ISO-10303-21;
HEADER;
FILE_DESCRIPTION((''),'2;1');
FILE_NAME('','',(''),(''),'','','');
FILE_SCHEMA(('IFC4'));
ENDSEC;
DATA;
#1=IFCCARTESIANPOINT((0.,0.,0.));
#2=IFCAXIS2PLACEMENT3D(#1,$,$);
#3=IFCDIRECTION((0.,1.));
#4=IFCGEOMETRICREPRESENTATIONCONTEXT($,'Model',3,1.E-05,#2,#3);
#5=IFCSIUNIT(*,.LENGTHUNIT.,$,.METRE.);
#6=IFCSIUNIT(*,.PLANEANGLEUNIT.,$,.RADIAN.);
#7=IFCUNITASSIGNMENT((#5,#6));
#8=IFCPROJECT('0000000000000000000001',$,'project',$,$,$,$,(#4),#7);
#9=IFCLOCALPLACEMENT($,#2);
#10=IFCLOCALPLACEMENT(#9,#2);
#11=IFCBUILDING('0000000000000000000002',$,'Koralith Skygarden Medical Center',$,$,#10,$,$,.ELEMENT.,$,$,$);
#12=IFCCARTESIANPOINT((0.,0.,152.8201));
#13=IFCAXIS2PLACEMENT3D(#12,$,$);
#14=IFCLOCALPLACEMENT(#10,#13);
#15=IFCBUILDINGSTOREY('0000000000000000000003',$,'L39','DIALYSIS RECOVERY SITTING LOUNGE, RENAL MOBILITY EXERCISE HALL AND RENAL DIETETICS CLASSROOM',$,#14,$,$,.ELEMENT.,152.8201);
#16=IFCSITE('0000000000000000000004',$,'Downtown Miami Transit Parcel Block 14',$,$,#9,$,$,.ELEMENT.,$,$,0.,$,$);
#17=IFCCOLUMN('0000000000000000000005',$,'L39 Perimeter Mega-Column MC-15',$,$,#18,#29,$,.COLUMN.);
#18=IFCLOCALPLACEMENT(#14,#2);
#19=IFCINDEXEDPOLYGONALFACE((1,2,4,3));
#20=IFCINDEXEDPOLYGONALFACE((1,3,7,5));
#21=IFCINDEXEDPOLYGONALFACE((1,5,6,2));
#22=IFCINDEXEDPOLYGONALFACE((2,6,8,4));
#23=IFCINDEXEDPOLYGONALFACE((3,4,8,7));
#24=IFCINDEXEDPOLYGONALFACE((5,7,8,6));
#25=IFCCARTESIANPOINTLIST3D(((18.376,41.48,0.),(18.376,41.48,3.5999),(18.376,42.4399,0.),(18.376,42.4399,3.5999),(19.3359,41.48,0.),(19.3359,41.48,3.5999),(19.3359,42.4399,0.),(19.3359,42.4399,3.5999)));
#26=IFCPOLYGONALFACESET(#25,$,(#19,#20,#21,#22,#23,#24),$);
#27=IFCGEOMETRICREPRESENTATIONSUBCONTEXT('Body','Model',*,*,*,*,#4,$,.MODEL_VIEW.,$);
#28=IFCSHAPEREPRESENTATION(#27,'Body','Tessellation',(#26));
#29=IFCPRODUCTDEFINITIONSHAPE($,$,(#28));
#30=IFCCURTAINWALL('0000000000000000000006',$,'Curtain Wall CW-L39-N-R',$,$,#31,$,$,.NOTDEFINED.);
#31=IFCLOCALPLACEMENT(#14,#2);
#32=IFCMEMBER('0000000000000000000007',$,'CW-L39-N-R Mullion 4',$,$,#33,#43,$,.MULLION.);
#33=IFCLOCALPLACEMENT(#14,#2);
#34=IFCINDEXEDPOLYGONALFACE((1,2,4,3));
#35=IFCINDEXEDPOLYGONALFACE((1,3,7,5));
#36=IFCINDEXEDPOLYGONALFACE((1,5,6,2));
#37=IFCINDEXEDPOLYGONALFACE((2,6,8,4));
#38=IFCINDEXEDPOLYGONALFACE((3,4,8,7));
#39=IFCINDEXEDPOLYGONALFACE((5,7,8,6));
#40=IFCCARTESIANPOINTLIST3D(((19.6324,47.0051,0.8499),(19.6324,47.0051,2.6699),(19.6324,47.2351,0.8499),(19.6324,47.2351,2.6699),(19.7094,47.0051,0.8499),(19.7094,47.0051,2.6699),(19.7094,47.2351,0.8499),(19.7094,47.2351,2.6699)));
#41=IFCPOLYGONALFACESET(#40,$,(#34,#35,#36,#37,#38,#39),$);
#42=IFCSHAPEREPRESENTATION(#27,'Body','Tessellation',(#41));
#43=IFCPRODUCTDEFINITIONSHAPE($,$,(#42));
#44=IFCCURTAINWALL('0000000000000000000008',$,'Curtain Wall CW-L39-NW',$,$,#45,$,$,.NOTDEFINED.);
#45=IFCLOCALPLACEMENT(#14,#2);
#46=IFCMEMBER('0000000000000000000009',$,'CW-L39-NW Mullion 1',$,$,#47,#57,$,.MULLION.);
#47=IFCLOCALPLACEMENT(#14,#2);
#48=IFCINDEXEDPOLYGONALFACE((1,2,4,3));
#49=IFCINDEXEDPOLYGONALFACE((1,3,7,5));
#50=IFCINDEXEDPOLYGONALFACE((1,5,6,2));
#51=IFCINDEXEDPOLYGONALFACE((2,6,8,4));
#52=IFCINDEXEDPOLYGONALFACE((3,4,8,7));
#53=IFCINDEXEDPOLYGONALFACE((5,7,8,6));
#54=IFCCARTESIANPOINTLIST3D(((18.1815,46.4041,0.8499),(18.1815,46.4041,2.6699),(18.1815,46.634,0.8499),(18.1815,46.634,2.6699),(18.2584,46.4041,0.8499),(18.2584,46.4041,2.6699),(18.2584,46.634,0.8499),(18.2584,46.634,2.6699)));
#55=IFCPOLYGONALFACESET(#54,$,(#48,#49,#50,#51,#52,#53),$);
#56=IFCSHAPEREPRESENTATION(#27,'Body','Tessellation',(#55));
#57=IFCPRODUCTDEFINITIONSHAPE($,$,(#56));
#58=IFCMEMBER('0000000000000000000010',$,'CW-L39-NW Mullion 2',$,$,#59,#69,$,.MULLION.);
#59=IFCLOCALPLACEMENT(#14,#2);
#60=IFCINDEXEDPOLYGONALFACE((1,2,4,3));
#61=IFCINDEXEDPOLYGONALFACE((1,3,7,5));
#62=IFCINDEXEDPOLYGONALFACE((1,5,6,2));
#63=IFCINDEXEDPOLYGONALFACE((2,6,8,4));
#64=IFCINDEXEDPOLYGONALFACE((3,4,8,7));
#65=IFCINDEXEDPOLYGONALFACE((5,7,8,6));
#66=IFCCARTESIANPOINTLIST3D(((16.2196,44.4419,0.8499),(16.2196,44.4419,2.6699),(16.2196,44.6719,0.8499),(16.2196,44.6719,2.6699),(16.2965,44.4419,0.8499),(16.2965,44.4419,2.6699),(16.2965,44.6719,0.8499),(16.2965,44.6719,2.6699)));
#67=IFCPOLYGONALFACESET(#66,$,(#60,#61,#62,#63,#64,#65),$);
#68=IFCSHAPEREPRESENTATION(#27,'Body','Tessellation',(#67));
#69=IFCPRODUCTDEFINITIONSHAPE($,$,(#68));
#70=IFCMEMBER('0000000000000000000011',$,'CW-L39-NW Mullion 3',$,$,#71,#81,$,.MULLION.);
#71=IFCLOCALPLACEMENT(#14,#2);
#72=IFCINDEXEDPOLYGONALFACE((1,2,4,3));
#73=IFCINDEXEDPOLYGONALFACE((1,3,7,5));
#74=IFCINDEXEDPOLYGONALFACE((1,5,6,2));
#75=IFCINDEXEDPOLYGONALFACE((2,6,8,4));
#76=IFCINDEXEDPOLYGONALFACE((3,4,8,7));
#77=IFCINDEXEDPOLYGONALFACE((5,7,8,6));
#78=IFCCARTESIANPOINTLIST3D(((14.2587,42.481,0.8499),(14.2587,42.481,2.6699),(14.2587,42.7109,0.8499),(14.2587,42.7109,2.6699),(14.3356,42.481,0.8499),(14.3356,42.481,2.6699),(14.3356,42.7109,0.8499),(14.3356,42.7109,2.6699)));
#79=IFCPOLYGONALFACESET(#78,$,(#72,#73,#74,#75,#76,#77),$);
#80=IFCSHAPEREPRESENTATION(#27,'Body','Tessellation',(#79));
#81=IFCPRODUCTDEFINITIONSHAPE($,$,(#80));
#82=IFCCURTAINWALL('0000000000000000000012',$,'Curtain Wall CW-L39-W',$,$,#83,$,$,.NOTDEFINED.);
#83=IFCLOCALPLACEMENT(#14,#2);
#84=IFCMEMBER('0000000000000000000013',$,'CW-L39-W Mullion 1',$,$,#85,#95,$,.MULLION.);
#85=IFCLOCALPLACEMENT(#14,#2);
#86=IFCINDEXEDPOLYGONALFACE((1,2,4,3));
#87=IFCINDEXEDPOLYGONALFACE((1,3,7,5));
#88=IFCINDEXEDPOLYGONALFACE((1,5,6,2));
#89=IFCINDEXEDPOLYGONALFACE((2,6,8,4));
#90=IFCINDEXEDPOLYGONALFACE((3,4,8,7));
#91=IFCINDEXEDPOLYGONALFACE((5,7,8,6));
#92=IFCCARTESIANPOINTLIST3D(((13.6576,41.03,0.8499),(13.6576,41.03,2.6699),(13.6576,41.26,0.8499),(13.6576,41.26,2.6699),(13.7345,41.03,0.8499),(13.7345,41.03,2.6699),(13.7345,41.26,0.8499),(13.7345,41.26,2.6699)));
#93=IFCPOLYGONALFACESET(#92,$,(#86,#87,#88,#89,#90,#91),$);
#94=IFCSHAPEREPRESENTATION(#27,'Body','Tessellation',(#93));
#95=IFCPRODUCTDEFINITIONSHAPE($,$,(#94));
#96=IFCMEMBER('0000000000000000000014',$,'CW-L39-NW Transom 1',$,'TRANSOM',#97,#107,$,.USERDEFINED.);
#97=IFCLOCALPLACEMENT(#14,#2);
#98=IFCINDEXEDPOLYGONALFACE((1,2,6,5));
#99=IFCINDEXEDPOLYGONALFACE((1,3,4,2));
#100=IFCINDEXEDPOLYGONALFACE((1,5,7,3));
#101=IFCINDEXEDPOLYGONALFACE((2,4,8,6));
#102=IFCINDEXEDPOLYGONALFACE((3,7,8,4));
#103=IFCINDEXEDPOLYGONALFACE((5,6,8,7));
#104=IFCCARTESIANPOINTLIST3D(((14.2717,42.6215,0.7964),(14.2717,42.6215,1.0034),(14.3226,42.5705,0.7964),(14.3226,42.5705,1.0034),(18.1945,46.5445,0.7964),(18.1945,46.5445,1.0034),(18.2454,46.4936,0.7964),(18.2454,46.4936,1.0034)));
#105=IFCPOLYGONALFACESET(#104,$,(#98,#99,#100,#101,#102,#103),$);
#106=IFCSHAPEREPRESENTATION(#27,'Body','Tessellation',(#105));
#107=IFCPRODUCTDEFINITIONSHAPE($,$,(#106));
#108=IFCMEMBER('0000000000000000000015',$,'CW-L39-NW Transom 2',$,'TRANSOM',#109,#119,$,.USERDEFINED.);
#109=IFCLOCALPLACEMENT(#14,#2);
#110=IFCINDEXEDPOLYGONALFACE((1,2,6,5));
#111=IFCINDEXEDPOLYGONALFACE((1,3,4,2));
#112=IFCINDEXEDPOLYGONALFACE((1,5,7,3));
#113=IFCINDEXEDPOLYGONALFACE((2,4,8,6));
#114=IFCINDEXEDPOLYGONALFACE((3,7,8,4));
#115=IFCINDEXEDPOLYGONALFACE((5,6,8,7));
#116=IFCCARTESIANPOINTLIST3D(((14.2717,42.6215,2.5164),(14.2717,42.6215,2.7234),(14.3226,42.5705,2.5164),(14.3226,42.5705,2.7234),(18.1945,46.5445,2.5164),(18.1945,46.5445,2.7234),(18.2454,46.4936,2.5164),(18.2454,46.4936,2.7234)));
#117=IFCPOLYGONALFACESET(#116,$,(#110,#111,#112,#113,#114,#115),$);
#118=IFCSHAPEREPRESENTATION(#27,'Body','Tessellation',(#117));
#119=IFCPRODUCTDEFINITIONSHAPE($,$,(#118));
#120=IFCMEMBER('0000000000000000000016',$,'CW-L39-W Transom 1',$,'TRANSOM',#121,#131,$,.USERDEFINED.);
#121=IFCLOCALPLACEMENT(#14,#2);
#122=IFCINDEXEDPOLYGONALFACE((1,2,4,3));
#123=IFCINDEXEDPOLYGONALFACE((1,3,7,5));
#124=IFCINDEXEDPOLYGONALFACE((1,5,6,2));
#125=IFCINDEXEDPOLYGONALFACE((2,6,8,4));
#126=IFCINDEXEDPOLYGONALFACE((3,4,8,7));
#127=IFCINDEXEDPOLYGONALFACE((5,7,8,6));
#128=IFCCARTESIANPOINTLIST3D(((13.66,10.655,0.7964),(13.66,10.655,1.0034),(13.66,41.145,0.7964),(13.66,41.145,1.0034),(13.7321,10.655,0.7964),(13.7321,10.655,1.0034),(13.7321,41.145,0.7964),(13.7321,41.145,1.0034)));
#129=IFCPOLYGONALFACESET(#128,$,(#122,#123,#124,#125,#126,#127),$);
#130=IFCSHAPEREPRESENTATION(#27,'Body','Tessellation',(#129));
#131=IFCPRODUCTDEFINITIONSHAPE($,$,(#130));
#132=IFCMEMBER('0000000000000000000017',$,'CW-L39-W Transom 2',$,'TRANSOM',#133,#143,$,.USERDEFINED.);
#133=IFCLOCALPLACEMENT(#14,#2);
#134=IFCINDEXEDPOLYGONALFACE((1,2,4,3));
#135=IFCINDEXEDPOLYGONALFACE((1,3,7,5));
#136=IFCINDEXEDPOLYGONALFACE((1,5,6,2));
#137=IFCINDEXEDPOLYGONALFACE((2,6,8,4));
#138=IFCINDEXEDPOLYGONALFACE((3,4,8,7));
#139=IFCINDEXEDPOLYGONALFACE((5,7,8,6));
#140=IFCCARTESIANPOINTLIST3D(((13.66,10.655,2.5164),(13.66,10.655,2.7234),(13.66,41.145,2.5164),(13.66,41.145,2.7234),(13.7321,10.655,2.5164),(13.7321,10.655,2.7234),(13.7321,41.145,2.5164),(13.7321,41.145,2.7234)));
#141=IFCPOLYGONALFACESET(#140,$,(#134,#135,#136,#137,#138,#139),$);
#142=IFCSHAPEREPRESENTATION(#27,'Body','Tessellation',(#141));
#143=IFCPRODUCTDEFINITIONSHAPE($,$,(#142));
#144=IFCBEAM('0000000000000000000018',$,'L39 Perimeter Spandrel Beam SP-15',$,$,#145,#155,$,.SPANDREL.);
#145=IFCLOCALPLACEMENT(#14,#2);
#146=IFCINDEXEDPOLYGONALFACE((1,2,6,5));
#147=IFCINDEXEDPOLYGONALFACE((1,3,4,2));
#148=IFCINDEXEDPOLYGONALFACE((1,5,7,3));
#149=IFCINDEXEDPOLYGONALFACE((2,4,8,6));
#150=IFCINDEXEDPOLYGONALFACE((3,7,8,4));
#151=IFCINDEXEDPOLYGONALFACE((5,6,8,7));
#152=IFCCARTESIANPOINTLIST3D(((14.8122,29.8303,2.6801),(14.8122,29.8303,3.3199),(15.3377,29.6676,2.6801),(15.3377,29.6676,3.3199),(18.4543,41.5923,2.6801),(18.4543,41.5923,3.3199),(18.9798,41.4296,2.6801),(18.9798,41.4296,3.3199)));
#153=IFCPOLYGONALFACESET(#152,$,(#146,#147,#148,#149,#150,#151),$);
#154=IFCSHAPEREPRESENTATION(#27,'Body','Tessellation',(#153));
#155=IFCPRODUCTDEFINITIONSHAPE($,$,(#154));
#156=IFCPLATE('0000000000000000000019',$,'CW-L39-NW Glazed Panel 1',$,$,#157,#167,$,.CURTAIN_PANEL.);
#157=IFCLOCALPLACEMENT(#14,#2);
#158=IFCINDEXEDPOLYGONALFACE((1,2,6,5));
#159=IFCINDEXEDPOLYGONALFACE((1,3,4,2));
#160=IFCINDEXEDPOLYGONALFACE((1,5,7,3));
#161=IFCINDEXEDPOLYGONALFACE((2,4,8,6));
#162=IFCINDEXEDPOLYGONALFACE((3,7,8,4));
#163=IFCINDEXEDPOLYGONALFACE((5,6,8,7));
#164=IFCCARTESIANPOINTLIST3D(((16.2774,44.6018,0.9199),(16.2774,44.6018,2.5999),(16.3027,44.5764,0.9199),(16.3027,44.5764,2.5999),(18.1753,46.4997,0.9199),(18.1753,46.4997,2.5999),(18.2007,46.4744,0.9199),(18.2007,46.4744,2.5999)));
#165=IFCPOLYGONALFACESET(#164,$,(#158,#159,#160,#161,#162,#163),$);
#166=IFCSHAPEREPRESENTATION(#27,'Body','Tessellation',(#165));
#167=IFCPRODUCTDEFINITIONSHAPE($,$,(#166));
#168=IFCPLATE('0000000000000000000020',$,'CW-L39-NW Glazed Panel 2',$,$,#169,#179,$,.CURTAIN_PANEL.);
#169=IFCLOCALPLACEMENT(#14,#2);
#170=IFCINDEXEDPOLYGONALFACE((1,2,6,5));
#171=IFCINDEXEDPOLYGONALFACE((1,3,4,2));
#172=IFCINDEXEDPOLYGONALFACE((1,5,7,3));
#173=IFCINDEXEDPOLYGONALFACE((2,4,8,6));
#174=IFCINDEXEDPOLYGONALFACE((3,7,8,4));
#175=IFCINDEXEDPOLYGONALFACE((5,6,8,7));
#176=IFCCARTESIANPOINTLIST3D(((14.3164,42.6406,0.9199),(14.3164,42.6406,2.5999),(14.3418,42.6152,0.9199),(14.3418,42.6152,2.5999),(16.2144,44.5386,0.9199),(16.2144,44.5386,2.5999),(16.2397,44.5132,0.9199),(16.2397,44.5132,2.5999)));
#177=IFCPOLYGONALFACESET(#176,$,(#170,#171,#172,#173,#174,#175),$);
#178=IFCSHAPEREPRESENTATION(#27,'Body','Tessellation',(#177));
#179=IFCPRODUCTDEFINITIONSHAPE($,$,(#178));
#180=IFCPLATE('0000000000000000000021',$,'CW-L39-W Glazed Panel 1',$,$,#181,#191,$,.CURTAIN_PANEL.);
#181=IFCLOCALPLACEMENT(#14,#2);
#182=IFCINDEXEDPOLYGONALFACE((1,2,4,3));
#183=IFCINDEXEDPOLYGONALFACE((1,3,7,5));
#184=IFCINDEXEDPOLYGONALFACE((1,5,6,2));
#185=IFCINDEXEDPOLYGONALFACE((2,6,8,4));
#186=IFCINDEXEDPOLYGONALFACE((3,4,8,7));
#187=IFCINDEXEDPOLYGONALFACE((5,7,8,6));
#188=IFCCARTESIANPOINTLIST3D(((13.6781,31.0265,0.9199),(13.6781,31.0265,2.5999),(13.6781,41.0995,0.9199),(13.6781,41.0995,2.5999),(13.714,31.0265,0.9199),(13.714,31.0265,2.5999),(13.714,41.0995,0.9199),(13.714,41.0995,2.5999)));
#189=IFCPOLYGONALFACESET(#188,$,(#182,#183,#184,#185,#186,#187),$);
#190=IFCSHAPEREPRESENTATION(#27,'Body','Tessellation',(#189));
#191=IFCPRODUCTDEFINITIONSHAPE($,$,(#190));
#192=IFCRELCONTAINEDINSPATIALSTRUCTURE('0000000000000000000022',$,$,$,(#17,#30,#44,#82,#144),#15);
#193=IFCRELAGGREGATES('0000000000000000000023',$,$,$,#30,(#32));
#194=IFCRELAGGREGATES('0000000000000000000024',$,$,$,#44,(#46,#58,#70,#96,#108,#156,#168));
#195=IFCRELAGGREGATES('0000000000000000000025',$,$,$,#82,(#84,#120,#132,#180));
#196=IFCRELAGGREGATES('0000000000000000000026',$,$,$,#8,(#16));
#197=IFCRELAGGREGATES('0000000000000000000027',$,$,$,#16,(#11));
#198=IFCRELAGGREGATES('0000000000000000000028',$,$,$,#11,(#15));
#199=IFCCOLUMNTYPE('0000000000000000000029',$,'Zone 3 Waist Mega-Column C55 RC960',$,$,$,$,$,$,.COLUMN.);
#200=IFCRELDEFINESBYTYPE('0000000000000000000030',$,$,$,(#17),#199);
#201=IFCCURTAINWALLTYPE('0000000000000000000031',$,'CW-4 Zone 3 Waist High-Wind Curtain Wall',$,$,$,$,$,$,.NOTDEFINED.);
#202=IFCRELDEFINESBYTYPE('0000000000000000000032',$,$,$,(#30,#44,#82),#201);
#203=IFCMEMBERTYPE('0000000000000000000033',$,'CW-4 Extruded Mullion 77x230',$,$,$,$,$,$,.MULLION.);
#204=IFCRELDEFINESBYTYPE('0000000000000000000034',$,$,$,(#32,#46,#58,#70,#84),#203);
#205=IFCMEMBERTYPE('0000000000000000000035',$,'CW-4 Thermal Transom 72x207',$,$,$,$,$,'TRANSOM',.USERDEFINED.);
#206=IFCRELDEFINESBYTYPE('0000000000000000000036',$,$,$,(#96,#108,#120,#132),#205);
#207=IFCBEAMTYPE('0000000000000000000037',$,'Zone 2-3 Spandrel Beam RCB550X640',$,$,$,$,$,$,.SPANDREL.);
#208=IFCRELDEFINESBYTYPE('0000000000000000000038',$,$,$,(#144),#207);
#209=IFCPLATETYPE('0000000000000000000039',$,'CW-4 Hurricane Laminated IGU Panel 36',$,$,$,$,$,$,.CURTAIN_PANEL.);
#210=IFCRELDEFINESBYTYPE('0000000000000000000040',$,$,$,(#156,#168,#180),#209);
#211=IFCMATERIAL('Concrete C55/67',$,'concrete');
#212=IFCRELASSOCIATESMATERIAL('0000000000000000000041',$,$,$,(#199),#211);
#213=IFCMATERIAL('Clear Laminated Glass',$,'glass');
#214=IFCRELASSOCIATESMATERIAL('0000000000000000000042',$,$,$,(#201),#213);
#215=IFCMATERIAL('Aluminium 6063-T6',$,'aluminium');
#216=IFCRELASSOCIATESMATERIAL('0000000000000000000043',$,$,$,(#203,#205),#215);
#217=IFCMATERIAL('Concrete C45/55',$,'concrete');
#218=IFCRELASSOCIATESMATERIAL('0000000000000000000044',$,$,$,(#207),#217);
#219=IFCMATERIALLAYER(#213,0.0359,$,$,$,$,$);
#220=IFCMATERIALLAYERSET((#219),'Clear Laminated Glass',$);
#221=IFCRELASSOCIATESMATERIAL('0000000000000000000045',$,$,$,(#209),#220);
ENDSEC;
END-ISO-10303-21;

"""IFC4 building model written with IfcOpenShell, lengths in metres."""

from ifc_helpers import new_model, si_unit, direction, frame, origin, origin_2d, place, context, subcontext, project, spatial, rectangle, extrude, material, layer, layer_set, material_profile, profile_set, type_object, element, aggregate, save


model = new_model("IFC4")

# Units and contexts
model_context = context("Model", 3, precision=1e-05, world=origin(), true_north=direction((0.0, 1.0)))
body_context = subcontext(model_context, "Body", "Model", "MODEL_VIEW")
ifc_project = project(units=[si_unit("LENGTHUNIT", "METRE"), si_unit("PLANEANGLEUNIT", "RADIAN")], contexts=[model_context])

# Site, building, storey
site_placement = place(None, origin())
site = spatial("IfcSite", under=ifc_project, at=site_placement, Name="Downtown Miami Transit Parcel Block 14", CompositionType="ELEMENT", RefElevation=0.0)
building_placement = place(site_placement, origin())
building = spatial("IfcBuilding", under=site, at=building_placement, Name="Koralith Skygarden Medical Center", CompositionType="ELEMENT")
storey_placement = place(building_placement, frame((0.0, 0.0, 152.8201)))
storey = spatial("IfcBuildingStorey", under=building, at=storey_placement, Name="L39", Description="DIALYSIS RECOVERY SITTING LOUNGE, RENAL MOBILITY EXERCISE HALL AND RENAL DIETETICS CLASSROOM", CompositionType="ELEMENT", Elevation=152.8201)

# Column
ifc_material_1 = material(Name="Concrete C55/67", Category="concrete")
ifc_material_profile_1 = material_profile(ifc_material_1, rectangle(XDim=0.96, YDim=0.96, at=origin_2d()), Name="RC960X960")
ifc_profile_set_1 = profile_set([ifc_material_profile_1], Name="Concrete C55/67")
column_type = type_object("IfcColumnType", Name="Zone 3 Waist Mega-Column C55 RC960", PredefinedType="COLUMN", material=ifc_profile_set_1)
column_placement = place(storey_placement, frame((18.856, 41.96, 0.0), z_axis=(0.0, 0.0, 1.0), x_axis=(1.0, 0.0, 0.0)))
element("IfcColumn", 1, at=column_placement, inside=storey, type_object=column_type, Name="L39 Perimeter Mega-Column MC-15", PredefinedType="COLUMN", context=body_context, shape_type="SweptSolid", body=[
    extrude(rectangle(XDim=0.96, YDim=0.96, at=origin_2d()), origin(), (0.0, 0.0, 1.0), 3.5999),
])

# Curtain wall, member
ifc_material_2 = material(Name="Clear Laminated Glass", Category="glass")
curtain_wall_type = type_object("IfcCurtainWallType", Name="CW-4 Zone 3 Waist High-Wind Curtain Wall", PredefinedType="NOTDEFINED", material=ifc_material_2)
curtain_wall_1_placement = place(storey_placement, origin())
curtain_wall_1 = element("IfcCurtainWall", 2, at=curtain_wall_1_placement, inside=storey, type_object=curtain_wall_type, Name="Curtain Wall CW-L39-N-R", PredefinedType="NOTDEFINED")
ifc_material_3 = material(Name="Aluminium 6063-T6", Category="aluminium")
ifc_material_profile_2 = material_profile(ifc_material_3, rectangle(XDim=0.0769, YDim=0.23, at=origin_2d()), Name="MUL77X230")
ifc_profile_set_2 = profile_set([ifc_material_profile_2], Name="Aluminium 6063-T6")
member_type_1 = type_object("IfcMemberType", Name="CW-4 Extruded Mullion 77x230", PredefinedType="MULLION", material=ifc_profile_set_2)
member_1_placement = place(storey_placement, frame((19.6709, 47.1201, 0.8499), z_axis=(0.0, 0.0, 1.0), x_axis=(1.0, 0.0, 0.0)))
member_1 = element("IfcMember", 3, at=member_1_placement, type_object=member_type_1, Name="CW-L39-N-R Mullion 4", PredefinedType="MULLION", context=body_context, shape_type="SweptSolid", body=[
    extrude(rectangle(XDim=0.0769, YDim=0.23, at=origin_2d()), origin(), (0.0, 0.0, 1.0), 1.8201),
])
aggregate(curtain_wall_1, [member_1])

# Curtain wall, members
curtain_wall_2_placement = place(storey_placement, origin())
curtain_wall_2 = element("IfcCurtainWall", 4, at=curtain_wall_2_placement, inside=storey, type_object=curtain_wall_type, Name="Curtain Wall CW-L39-NW", PredefinedType="NOTDEFINED")
member_2_placement = place(storey_placement, frame((18.22, 46.519, 0.8499), z_axis=(0.0, 0.0, 1.0), x_axis=(1.0, 0.0, 0.0)))
member_2 = element("IfcMember", 5, at=member_2_placement, type_object=member_type_1, Name="CW-L39-NW Mullion 1", PredefinedType="MULLION", context=body_context, shape_type="SweptSolid", body=[
    extrude(rectangle(XDim=0.0769, YDim=0.23, at=origin_2d()), origin(), (0.0, 0.0, 1.0), 1.8201),
])
member_3_placement = place(storey_placement, frame((16.2581, 44.5569, 0.8499), z_axis=(0.0, 0.0, 1.0), x_axis=(1.0, 0.0, 0.0)))
member_3 = element("IfcMember", 6, at=member_3_placement, type_object=member_type_1, Name="CW-L39-NW Mullion 2", PredefinedType="MULLION", context=body_context, shape_type="SweptSolid", body=[
    extrude(rectangle(XDim=0.0769, YDim=0.23, at=origin_2d()), origin(), (0.0, 0.0, 1.0), 1.8201),
])
member_4_placement = place(storey_placement, frame((14.2971, 42.5959, 0.8499), z_axis=(0.0, 0.0, 1.0), x_axis=(1.0, 0.0, 0.0)))
member_4 = element("IfcMember", 7, at=member_4_placement, type_object=member_type_1, Name="CW-L39-NW Mullion 3", PredefinedType="MULLION", context=body_context, shape_type="SweptSolid", body=[
    extrude(rectangle(XDim=0.0769, YDim=0.23, at=origin_2d()), origin(), (0.0, 0.0, 1.0), 1.8201),
])

# Curtain wall, member
curtain_wall_3_placement = place(storey_placement, origin())
curtain_wall_3 = element("IfcCurtainWall", 8, at=curtain_wall_3_placement, inside=storey, type_object=curtain_wall_type, Name="Curtain Wall CW-L39-W", PredefinedType="NOTDEFINED")
member_5_placement = place(storey_placement, frame((13.696, 41.145, 0.8499), z_axis=(0.0, 0.0, 1.0), x_axis=(1.0, 0.0, 0.0)))
member_5 = element("IfcMember", 9, at=member_5_placement, type_object=member_type_1, Name="CW-L39-W Mullion 1", PredefinedType="MULLION", context=body_context, shape_type="SweptSolid", body=[
    extrude(rectangle(XDim=0.0769, YDim=0.23, at=origin_2d()), origin(), (0.0, 0.0, 1.0), 1.8201),
])

# Members
ifc_material_profile_3 = material_profile(ifc_material_3, rectangle(XDim=0.072, YDim=0.207, at=origin_2d()), Name="TRN72X207")
ifc_profile_set_3 = profile_set([ifc_material_profile_3], Name="Aluminium 6063-T6")
member_type_2 = type_object("IfcMemberType", Name="CW-4 Thermal Transom 72x207", ElementType="TRANSOM", PredefinedType="USERDEFINED", material=ifc_profile_set_3)
member_6_placement = place(storey_placement, frame((18.22, 46.519, 0.8999), z_axis=(-0.707085, -0.707129, 0.0), x_axis=(0.707129, -0.707085, 0.0)))
member_6 = element("IfcMember", 10, at=member_6_placement, type_object=member_type_2, Name="CW-L39-NW Transom 1", ObjectType="TRANSOM", PredefinedType="USERDEFINED", context=body_context, shape_type="SweptSolid", body=[
    extrude(rectangle(XDim=0.072, YDim=0.207, at=origin_2d()), origin(), (0.0, 0.0, 1.0), 5.5479),
])
member_7_placement = place(storey_placement, frame((18.22, 46.519, 2.6199), z_axis=(-0.707085, -0.707129, 0.0), x_axis=(0.707129, -0.707085, 0.0)))
member_7 = element("IfcMember", 11, at=member_7_placement, type_object=member_type_2, Name="CW-L39-NW Transom 2", ObjectType="TRANSOM", PredefinedType="USERDEFINED", context=body_context, shape_type="SweptSolid", body=[
    extrude(rectangle(XDim=0.072, YDim=0.207, at=origin_2d()), origin(), (0.0, 0.0, 1.0), 5.5479),
])
member_8_placement = place(storey_placement, frame((13.696, 41.145, 0.8999), z_axis=(0.0, -1.0, 0.0), x_axis=(1.0, 0.0, 0.0)))
member_8 = element("IfcMember", 12, at=member_8_placement, type_object=member_type_2, Name="CW-L39-W Transom 1", ObjectType="TRANSOM", PredefinedType="USERDEFINED", context=body_context, shape_type="SweptSolid", body=[
    extrude(rectangle(XDim=0.072, YDim=0.207, at=origin_2d()), origin(), (0.0, 0.0, 1.0), 30.49),
])
member_9_placement = place(storey_placement, frame((13.696, 41.145, 2.6199), z_axis=(0.0, -1.0, 0.0), x_axis=(1.0, 0.0, 0.0)))
member_9 = element("IfcMember", 13, at=member_9_placement, type_object=member_type_2, Name="CW-L39-W Transom 2", ObjectType="TRANSOM", PredefinedType="USERDEFINED", context=body_context, shape_type="SweptSolid", body=[
    extrude(rectangle(XDim=0.072, YDim=0.207, at=origin_2d()), origin(), (0.0, 0.0, 1.0), 30.49),
])

# Beam
ifc_material_4 = material(Name="Concrete C45/55", Category="concrete")
ifc_material_profile_4 = material_profile(ifc_material_4, rectangle(XDim=0.55, YDim=0.6399, at=origin_2d()), Name="RCB550X640")
ifc_profile_set_4 = profile_set([ifc_material_profile_4], Name="Concrete C45/55")
beam_type = type_object("IfcBeamType", Name="Zone 2-3 Spandrel Beam RCB550X640", PredefinedType="SPANDREL", material=ifc_profile_set_4)
beam_placement = place(storey_placement, frame((18.717, 41.511, 3.0), z_axis=(-0.295794, -0.955252, 0.0), x_axis=(0.955252, -0.295794, 0.0)))
element("IfcBeam", 14, at=beam_placement, inside=storey, type_object=beam_type, Name="L39 Perimeter Spandrel Beam SP-15", PredefinedType="SPANDREL", context=body_context, shape_type="SweptSolid", body=[
    extrude(rectangle(XDim=0.55, YDim=0.6399, at=origin_2d()), origin(), (0.0, 0.0, 1.0), 12.313),
])

# Plates
ifc_layer_1 = layer(ifc_material_2, 0.0359)
ifc_layer_set_1 = layer_set([ifc_layer_1], Name="Clear Laminated Glass")
plate_type_1 = type_object("IfcPlateType", Name="CW-4 Hurricane Laminated IGU Panel 36", PredefinedType="CURTAIN_PANEL", material=ifc_layer_set_1)
plate_1_placement = place(storey_placement, frame((17.239, 45.5381, 0.9199), z_axis=(0.0, 0.0, 1.0), x_axis=(-0.707107, -0.707107, 0.0)))
plate_1 = element("IfcPlate", 15, at=plate_1_placement, type_object=plate_type_1, Name="CW-L39-NW Glazed Panel 1", PredefinedType="CURTAIN_PANEL", context=body_context, shape_type="SweptSolid", body=[
    extrude(rectangle(XDim=2.6841, YDim=0.0359, at=origin_2d()), origin(), (0.0, 0.0, 1.0), 1.6799),
])
plate_2_placement = place(storey_placement, frame((15.2781, 43.5769, 0.9199), z_axis=(0.0, 0.0, 1.0), x_axis=(-0.707107, -0.707107, 0.0)))
plate_2 = element("IfcPlate", 16, at=plate_2_placement, type_object=plate_type_1, Name="CW-L39-NW Glazed Panel 2", PredefinedType="CURTAIN_PANEL", context=body_context, shape_type="SweptSolid", body=[
    extrude(rectangle(XDim=2.6841, YDim=0.0359, at=origin_2d()), origin(), (0.0, 0.0, 1.0), 1.6799),
])
aggregate(curtain_wall_2, [member_2, member_3, member_4, member_6, member_7, plate_1, plate_2])
plate_3_placement = place(storey_placement, frame((13.696, 36.063, 0.9199), z_axis=(0.0, 0.0, 1.0), x_axis=(0.0, -1.0, 0.0)))
plate_3 = element("IfcPlate", 17, at=plate_3_placement, type_object=plate_type_1, Name="CW-L39-W Glazed Panel 1", PredefinedType="CURTAIN_PANEL", context=body_context, shape_type="SweptSolid", body=[
    extrude(rectangle(XDim=10.073, YDim=0.0359, at=origin_2d()), origin(), (0.0, 0.0, 1.0), 1.6799),
])
aggregate(curtain_wall_3, [member_5, member_8, member_9, plate_3])

save(model, "model.ifc")
